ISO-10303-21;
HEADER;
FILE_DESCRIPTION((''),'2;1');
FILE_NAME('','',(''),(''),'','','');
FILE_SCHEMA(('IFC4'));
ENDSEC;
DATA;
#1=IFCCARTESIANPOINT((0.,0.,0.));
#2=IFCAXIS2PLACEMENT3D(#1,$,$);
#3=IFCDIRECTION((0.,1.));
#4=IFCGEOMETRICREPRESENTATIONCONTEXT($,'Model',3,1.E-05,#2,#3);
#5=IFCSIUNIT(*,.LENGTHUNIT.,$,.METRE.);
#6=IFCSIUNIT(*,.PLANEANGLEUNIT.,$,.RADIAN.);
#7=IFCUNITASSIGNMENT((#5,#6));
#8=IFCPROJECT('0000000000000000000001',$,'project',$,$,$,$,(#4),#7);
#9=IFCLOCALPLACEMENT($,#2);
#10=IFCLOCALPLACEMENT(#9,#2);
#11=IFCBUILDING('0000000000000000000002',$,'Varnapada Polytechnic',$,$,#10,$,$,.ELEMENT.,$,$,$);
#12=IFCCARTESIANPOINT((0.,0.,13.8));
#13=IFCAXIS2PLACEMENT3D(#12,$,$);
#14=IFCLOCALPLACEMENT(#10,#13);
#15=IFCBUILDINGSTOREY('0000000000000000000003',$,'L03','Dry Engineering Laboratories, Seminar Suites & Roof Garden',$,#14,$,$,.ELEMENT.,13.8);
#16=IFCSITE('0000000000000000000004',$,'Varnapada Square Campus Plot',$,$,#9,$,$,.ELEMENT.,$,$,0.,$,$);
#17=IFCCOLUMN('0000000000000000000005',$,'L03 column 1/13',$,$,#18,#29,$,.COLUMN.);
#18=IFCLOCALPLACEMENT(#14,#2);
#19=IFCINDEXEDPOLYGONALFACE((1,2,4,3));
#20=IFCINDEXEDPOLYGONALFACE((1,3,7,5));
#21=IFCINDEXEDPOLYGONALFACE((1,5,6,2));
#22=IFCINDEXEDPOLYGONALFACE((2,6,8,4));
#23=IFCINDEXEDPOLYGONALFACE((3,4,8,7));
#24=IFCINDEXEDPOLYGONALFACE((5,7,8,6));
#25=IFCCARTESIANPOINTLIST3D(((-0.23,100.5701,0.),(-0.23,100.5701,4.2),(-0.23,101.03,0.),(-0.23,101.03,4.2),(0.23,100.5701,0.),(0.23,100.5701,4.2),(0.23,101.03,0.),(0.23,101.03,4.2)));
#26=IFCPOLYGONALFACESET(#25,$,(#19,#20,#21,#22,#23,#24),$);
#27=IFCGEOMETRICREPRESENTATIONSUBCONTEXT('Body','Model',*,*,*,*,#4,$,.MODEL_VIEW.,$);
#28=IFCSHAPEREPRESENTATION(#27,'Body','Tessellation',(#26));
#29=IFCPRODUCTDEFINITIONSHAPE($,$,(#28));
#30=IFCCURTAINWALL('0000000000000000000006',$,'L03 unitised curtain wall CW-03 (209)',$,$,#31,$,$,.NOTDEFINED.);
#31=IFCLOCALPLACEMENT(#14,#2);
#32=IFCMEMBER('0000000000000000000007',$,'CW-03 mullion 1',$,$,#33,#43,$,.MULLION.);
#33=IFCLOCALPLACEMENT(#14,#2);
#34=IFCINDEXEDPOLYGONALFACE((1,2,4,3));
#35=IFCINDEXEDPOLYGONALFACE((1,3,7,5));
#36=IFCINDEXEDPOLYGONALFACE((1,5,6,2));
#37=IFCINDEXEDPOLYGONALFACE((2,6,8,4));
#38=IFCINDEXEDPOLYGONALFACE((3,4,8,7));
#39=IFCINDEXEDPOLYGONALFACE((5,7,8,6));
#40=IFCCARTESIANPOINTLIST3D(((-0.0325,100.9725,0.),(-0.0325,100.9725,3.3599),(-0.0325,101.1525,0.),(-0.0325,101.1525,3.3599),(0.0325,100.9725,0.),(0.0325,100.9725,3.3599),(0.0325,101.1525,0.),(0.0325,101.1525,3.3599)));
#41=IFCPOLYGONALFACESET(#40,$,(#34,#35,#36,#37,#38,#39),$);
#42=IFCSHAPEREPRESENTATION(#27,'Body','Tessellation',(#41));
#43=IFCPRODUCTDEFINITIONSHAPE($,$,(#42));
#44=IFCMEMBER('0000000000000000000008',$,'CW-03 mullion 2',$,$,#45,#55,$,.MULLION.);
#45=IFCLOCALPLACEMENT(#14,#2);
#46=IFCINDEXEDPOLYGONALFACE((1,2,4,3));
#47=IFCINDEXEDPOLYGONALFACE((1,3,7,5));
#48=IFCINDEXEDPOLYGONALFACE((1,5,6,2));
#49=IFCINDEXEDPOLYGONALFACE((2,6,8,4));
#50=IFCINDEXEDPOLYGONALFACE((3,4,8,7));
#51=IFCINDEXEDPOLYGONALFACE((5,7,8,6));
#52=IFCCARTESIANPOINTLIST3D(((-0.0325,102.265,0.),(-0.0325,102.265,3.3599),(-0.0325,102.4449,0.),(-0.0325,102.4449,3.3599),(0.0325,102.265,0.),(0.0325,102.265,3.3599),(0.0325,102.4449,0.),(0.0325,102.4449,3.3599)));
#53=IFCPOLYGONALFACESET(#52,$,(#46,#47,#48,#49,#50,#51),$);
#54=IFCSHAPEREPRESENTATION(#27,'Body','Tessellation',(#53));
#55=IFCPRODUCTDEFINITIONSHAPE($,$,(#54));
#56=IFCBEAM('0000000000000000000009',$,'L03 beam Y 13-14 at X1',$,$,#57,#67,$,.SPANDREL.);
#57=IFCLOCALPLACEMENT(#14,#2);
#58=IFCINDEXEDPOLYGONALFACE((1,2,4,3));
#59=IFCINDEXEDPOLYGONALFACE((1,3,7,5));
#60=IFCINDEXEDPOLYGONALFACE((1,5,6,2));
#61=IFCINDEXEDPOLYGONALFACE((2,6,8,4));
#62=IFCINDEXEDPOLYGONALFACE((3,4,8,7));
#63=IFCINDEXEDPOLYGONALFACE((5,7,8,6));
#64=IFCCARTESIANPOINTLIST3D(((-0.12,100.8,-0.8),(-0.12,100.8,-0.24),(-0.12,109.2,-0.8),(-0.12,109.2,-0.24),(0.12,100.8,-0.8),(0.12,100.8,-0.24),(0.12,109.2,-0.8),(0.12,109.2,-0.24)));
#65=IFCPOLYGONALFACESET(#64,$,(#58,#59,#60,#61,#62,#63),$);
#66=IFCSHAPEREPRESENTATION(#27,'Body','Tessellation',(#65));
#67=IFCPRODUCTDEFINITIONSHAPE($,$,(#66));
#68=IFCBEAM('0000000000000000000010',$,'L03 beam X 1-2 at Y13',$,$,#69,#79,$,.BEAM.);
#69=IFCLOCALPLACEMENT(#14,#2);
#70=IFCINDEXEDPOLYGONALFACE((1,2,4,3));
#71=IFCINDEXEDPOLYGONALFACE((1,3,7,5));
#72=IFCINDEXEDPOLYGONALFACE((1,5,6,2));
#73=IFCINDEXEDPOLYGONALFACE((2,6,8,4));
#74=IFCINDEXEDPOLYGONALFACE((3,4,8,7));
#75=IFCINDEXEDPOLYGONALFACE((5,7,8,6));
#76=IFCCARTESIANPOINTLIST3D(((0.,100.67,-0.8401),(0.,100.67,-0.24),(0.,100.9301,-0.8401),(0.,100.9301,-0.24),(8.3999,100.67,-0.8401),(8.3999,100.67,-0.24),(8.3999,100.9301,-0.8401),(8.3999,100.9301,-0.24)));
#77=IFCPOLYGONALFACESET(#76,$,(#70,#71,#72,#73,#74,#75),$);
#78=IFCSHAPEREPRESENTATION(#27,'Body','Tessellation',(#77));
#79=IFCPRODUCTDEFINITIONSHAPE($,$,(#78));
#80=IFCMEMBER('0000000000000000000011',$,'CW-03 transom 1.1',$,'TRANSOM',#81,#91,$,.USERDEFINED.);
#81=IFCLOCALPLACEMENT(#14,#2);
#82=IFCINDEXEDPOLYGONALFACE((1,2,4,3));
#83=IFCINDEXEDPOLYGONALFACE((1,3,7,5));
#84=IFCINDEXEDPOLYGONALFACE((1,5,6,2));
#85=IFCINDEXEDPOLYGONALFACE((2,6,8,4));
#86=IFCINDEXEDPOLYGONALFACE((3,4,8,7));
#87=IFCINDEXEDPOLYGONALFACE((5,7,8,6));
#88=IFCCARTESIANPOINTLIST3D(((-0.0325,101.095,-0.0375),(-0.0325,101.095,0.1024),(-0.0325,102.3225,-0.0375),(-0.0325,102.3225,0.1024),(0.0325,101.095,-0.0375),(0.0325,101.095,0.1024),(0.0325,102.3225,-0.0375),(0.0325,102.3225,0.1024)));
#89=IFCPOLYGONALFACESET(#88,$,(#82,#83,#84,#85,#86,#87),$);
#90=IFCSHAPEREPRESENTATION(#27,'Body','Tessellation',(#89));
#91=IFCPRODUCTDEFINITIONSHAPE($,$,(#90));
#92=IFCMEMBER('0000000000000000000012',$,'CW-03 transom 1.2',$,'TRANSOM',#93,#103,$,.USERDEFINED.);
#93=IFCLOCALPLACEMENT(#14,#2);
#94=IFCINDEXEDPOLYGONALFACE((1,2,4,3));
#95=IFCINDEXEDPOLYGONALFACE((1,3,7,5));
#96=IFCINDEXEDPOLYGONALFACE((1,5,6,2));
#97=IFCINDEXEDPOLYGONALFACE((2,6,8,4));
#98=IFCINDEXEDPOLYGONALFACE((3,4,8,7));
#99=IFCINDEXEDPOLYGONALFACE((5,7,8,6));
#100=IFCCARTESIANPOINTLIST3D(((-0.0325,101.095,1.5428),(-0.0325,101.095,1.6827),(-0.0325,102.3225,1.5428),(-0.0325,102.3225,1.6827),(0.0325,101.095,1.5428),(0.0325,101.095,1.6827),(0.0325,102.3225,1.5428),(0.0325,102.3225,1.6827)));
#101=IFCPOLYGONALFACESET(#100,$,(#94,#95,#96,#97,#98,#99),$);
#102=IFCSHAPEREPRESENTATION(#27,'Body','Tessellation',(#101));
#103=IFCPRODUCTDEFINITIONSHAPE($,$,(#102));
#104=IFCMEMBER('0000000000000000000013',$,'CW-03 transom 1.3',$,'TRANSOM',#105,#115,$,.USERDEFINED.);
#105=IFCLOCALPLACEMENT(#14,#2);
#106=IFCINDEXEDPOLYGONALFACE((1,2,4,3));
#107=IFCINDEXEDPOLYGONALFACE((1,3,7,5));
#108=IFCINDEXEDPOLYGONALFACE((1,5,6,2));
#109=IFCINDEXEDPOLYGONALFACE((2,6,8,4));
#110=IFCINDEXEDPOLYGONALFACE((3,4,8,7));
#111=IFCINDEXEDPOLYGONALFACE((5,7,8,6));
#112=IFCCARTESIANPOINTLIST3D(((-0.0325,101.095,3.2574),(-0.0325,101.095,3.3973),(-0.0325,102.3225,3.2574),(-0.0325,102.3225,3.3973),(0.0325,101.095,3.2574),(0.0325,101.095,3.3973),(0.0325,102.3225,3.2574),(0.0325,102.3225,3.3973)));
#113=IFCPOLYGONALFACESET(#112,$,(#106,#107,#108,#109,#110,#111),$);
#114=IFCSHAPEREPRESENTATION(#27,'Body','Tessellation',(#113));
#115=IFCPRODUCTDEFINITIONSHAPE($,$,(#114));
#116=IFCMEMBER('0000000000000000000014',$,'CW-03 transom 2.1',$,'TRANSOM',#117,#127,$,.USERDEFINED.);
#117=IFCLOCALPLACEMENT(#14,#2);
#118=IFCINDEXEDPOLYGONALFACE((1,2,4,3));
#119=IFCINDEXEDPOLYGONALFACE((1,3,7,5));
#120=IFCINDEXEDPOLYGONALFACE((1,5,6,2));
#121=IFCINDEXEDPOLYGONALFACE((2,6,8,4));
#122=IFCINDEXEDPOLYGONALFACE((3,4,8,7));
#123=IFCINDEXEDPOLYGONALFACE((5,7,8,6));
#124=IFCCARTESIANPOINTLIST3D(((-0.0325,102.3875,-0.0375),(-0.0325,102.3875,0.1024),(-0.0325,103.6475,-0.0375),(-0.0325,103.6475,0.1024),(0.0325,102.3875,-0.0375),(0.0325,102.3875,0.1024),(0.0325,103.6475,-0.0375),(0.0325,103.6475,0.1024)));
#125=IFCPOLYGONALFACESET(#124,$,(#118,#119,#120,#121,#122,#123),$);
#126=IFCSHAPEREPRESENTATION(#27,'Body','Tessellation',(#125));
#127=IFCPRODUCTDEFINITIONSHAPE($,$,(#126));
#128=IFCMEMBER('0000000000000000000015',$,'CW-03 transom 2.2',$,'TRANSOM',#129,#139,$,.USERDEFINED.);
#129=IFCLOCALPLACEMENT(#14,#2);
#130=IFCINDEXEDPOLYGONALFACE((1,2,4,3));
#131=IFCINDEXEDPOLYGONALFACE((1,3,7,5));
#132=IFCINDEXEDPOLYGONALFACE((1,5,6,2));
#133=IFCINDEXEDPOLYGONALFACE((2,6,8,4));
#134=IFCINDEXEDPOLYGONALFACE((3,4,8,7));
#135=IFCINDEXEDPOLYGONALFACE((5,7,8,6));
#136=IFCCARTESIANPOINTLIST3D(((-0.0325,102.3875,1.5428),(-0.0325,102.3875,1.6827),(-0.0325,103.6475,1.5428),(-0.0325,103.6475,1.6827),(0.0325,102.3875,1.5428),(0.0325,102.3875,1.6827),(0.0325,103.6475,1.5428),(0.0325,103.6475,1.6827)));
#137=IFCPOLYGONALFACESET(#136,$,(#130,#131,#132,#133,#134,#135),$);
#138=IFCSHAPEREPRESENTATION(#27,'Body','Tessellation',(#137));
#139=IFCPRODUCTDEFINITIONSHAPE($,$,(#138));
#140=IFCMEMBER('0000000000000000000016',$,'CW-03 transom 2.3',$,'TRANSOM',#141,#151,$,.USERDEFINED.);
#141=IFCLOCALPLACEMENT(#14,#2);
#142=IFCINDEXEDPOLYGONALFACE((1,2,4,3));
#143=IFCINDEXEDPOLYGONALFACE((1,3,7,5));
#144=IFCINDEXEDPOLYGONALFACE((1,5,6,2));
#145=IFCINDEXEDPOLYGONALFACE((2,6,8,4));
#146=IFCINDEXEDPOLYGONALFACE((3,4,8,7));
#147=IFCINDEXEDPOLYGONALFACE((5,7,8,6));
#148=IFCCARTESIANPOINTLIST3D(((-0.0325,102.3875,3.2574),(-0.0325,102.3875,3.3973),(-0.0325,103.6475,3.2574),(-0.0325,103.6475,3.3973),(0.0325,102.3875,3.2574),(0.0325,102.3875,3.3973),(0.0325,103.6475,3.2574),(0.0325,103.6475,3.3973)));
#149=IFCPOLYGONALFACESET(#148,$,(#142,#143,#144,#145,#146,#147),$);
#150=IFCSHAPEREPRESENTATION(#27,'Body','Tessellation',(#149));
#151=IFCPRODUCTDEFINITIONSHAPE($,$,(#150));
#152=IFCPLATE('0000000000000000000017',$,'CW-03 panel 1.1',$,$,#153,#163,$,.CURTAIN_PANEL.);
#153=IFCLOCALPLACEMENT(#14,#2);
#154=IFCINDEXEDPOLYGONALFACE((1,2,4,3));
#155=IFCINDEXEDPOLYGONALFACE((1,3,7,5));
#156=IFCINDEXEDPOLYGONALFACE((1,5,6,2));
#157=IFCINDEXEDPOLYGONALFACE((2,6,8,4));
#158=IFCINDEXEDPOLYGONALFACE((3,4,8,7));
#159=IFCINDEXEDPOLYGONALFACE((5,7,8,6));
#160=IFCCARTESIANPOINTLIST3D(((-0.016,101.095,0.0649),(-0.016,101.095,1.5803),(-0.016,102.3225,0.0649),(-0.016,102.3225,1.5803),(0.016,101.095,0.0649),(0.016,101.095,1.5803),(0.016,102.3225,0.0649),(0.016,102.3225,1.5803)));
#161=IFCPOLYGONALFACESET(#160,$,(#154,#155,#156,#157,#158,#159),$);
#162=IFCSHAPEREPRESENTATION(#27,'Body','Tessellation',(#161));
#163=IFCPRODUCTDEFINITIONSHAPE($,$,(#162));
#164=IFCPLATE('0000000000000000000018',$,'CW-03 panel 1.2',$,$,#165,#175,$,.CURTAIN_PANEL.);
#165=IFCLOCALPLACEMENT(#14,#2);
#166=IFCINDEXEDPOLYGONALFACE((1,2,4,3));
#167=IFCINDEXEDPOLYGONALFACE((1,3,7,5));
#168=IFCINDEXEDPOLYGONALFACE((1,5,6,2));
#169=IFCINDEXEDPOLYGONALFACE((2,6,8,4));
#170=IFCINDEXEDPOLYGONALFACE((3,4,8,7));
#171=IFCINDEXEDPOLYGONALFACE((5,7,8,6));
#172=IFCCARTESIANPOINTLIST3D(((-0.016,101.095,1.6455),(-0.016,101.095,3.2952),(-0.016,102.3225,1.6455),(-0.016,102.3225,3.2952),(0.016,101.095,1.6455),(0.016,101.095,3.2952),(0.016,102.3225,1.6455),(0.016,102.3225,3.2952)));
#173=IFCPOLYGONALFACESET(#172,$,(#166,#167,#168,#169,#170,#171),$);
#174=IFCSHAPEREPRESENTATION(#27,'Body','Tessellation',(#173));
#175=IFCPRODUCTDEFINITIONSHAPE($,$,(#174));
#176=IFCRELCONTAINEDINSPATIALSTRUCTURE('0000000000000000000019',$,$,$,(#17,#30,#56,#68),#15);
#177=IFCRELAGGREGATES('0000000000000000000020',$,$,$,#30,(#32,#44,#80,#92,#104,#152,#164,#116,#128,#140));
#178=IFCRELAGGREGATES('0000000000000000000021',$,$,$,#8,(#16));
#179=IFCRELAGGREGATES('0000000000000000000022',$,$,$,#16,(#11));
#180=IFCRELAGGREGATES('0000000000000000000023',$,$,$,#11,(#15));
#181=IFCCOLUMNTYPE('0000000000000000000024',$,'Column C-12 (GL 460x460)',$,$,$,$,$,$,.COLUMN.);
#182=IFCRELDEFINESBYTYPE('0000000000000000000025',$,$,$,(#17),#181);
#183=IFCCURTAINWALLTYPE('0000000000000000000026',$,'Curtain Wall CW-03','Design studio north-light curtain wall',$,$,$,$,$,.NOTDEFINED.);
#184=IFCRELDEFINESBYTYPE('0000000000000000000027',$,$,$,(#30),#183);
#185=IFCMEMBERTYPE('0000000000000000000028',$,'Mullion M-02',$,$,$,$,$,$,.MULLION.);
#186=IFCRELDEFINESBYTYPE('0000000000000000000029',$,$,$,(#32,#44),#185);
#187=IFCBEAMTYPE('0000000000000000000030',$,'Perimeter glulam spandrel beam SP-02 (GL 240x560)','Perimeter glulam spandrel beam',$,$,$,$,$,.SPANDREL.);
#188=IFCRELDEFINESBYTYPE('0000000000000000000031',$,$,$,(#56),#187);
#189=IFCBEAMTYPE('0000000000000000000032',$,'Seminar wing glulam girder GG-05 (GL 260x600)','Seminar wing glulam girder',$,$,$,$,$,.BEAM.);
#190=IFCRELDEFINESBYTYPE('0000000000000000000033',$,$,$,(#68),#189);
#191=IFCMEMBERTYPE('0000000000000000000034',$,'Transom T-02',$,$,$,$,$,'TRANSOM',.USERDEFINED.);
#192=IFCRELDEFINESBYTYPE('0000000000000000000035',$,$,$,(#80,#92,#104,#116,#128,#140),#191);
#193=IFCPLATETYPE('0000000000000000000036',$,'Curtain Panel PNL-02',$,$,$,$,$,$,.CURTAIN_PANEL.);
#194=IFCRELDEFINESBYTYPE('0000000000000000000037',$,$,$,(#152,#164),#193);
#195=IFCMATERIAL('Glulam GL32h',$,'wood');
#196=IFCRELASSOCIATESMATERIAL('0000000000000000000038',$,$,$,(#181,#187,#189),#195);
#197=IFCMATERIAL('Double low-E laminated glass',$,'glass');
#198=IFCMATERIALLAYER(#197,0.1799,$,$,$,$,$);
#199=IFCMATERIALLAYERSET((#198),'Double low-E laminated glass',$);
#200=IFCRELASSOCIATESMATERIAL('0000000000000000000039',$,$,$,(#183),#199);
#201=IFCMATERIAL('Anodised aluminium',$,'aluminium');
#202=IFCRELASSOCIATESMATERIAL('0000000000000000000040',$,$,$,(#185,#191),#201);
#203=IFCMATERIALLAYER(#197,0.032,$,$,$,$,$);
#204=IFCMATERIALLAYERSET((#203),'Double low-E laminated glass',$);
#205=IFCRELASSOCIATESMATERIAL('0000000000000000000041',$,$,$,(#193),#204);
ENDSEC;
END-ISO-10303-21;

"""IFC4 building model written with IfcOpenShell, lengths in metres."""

from ifc_helpers import new_model, si_unit, direction, frame, origin, origin_2d, place, context, subcontext, project, spatial, rectangle, extrude, material, layer, layer_set, material_profile, profile_set, type_object, element, aggregate, save


model = new_model("IFC4")

# Units and contexts
model_context = context("Model", 3, precision=1e-05, world=origin(), true_north=direction((0.0, 1.0)))
body_context = subcontext(model_context, "Body", "Model", "MODEL_VIEW")
ifc_project = project(units=[si_unit("LENGTHUNIT", "METRE"), si_unit("PLANEANGLEUNIT", "RADIAN")], contexts=[model_context])

# Site, building, storey
site_placement = place(None, origin())
site = spatial("IfcSite", under=ifc_project, at=site_placement, Name="Varnapada Square Campus Plot", CompositionType="ELEMENT", RefElevation=0.0)
building_placement = place(site_placement, origin())
building = spatial("IfcBuilding", under=site, at=building_placement, Name="Varnapada Polytechnic", CompositionType="ELEMENT")
storey_placement = place(building_placement, frame((0.0, 0.0, 13.8)))
storey = spatial("IfcBuildingStorey", under=building, at=storey_placement, Name="L03", Description="Dry Engineering Laboratories, Seminar Suites & Roof Garden", CompositionType="ELEMENT", Elevation=13.8)

# Column
ifc_material_1 = material(Name="Glulam GL32h", Category="wood")
ifc_material_profile_1 = material_profile(ifc_material_1, rectangle(XDim=0.46, YDim=0.46, at=origin_2d()), Name="GL 460x460")
ifc_profile_set_1 = profile_set([ifc_material_profile_1], Name="Glulam GL32h")
column_type = type_object("IfcColumnType", Name="Column C-12 (GL 460x460)", PredefinedType="COLUMN", material=ifc_profile_set_1)
column_placement = place(storey_placement, frame((0.0, 100.8, 0.0), z_axis=(0.0, 0.0, 1.0), x_axis=(1.0, 0.0, 0.0)))
element("IfcColumn", 1, at=column_placement, inside=storey, type_object=column_type, Name="L03 column 1/13", PredefinedType="COLUMN", context=body_context, shape_type="SweptSolid", body=[
    extrude(rectangle(XDim=0.46, YDim=0.46, at=origin_2d()), origin(), (0.0, 0.0, 1.0), 4.2),
])

# Curtain wall, members
ifc_material_2 = material(Name="Double low-E laminated glass", Category="glass")
ifc_layer_1 = layer(ifc_material_2, 0.1799)
ifc_layer_set_1 = layer_set([ifc_layer_1], Name="Double low-E laminated glass")
curtain_wall_type = type_object("IfcCurtainWallType", Name="Curtain Wall CW-03", Description="Design studio north-light curtain wall", PredefinedType="NOTDEFINED", material=ifc_layer_set_1)
curtain_wall_placement = place(storey_placement, origin())
curtain_wall = element("IfcCurtainWall", 2, at=curtain_wall_placement, inside=storey, type_object=curtain_wall_type, Name="L03 unitised curtain wall CW-03 (209)", PredefinedType="NOTDEFINED")
ifc_material_3 = material(Name="Anodised aluminium", Category="aluminium")
ifc_material_profile_2 = material_profile(ifc_material_3, rectangle(XDim=0.0649, YDim=0.1799, at=origin_2d()), Name="ALU M65x180")
ifc_profile_set_2 = profile_set([ifc_material_profile_2], Name="Anodised aluminium")
member_type_1 = type_object("IfcMemberType", Name="Mullion M-02", PredefinedType="MULLION", material=ifc_profile_set_2)
member_1_placement = place(storey_placement, frame((0.0, 101.0625, 0.0), z_axis=(0.0, 0.0, 1.0), x_axis=(-1.0, 0.0, 0.0)))
member_1 = element("IfcMember", 3, at=member_1_placement, type_object=member_type_1, Name="CW-03 mullion 1", PredefinedType="MULLION", context=body_context, shape_type="SweptSolid", body=[
    extrude(rectangle(XDim=0.0649, YDim=0.1799, at=origin_2d()), origin(), (0.0, 0.0, 1.0), 3.3599),
])
member_2_placement = place(storey_placement, frame((0.0, 102.355, 0.0), z_axis=(0.0, 0.0, 1.0), x_axis=(-1.0, 0.0, 0.0)))
member_2 = element("IfcMember", 4, at=member_2_placement, type_object=member_type_1, Name="CW-03 mullion 2", PredefinedType="MULLION", context=body_context, shape_type="SweptSolid", body=[
    extrude(rectangle(XDim=0.0649, YDim=0.1799, at=origin_2d()), origin(), (0.0, 0.0, 1.0), 3.3599),
])

# Beams
ifc_material_profile_3 = material_profile(ifc_material_1, rectangle(XDim=0.24, YDim=0.5601, at=origin_2d()), Name="GL 240x560")
ifc_profile_set_3 = profile_set([ifc_material_profile_3], Name="Glulam GL32h")
beam_type_1 = type_object("IfcBeamType", Name="Perimeter glulam spandrel beam SP-02 (GL 240x560)", Description="Perimeter glulam spandrel beam", PredefinedType="SPANDREL", material=ifc_profile_set_3)
beam_1_placement = place(storey_placement, frame((0.0, 100.8, -0.52), z_axis=(0.0, 1.0, 0.0), x_axis=(-1.0, 0.0, 0.0)))
element("IfcBeam", 5, at=beam_1_placement, inside=storey, type_object=beam_type_1, Name="L03 beam Y 13-14 at X1", PredefinedType="SPANDREL", context=body_context, shape_type="SweptSolid", body=[
    extrude(rectangle(XDim=0.24, YDim=0.5601, at=origin_2d()), origin(), (0.0, 0.0, 1.0), 8.3999),
])
ifc_material_profile_4 = material_profile(ifc_material_1, rectangle(XDim=0.26, YDim=0.6001, at=origin_2d()), Name="GL 260x600")
ifc_profile_set_4 = profile_set([ifc_material_profile_4], Name="Glulam GL32h")
beam_type_2 = type_object("IfcBeamType", Name="Seminar wing glulam girder GG-05 (GL 260x600)", Description="Seminar wing glulam girder", PredefinedType="BEAM", material=ifc_profile_set_4)
beam_2_placement = place(storey_placement, frame((0.0, 100.8, -0.54), z_axis=(1.0, 0.0, 0.0), x_axis=(0.0, 1.0, 0.0)))
element("IfcBeam", 6, at=beam_2_placement, inside=storey, type_object=beam_type_2, Name="L03 beam X 1-2 at Y13", PredefinedType="BEAM", context=body_context, shape_type="SweptSolid", body=[
    extrude(rectangle(XDim=0.26, YDim=0.6001, at=origin_2d()), origin(), (0.0, 0.0, 1.0), 8.3999),
])

# Members
ifc_material_profile_5 = material_profile(ifc_material_3, rectangle(XDim=0.0649, YDim=0.1399, at=origin_2d()), Name="ALU T65x140")
ifc_profile_set_5 = profile_set([ifc_material_profile_5], Name="Anodised aluminium")
member_type_2 = type_object("IfcMemberType", Name="Transom T-02", ElementType="TRANSOM", PredefinedType="USERDEFINED", material=ifc_profile_set_5)
member_3_placement = place(storey_placement, frame((0.0, 101.095, 0.0325), z_axis=(0.0, 1.0, 0.0), x_axis=(-1.0, 0.0, 0.0)))
member_3 = element("IfcMember", 7, at=member_3_placement, type_object=member_type_2, Name="CW-03 transom 1.1", ObjectType="TRANSOM", PredefinedType="USERDEFINED", context=body_context, shape_type="SweptSolid", body=[
    extrude(rectangle(XDim=0.0649, YDim=0.1399, at=origin_2d()), origin(), (0.0, 0.0, 1.0), 1.2275),
])
member_4_placement = place(storey_placement, frame((0.0, 101.095, 1.6128), z_axis=(0.0, 1.0, 0.0), x_axis=(-1.0, 0.0, 0.0)))
member_4 = element("IfcMember", 8, at=member_4_placement, type_object=member_type_2, Name="CW-03 transom 1.2", ObjectType="TRANSOM", PredefinedType="USERDEFINED", context=body_context, shape_type="SweptSolid", body=[
    extrude(rectangle(XDim=0.0649, YDim=0.1399, at=origin_2d()), origin(), (0.0, 0.0, 1.0), 1.2275),
])
member_5_placement = place(storey_placement, frame((0.0, 101.095, 3.3274), z_axis=(0.0, 1.0, 0.0), x_axis=(-1.0, 0.0, 0.0)))
member_5 = element("IfcMember", 9, at=member_5_placement, type_object=member_type_2, Name="CW-03 transom 1.3", ObjectType="TRANSOM", PredefinedType="USERDEFINED", context=body_context, shape_type="SweptSolid", body=[
    extrude(rectangle(XDim=0.0649, YDim=0.1399, at=origin_2d()), origin(), (0.0, 0.0, 1.0), 1.2275),
])
member_6_placement = place(storey_placement, frame((0.0, 102.3875, 0.0325), z_axis=(0.0, 1.0, 0.0), x_axis=(-1.0, 0.0, 0.0)))
member_6 = element("IfcMember", 10, at=member_6_placement, type_object=member_type_2, Name="CW-03 transom 2.1", ObjectType="TRANSOM", PredefinedType="USERDEFINED", context=body_context, shape_type="SweptSolid", body=[
    extrude(rectangle(XDim=0.0649, YDim=0.1399, at=origin_2d()), origin(), (0.0, 0.0, 1.0), 1.26),
])
member_7_placement = place(storey_placement, frame((0.0, 102.3875, 1.6128), z_axis=(0.0, 1.0, 0.0), x_axis=(-1.0, 0.0, 0.0)))
member_7 = element("IfcMember", 11, at=member_7_placement, type_object=member_type_2, Name="CW-03 transom 2.2", ObjectType="TRANSOM", PredefinedType="USERDEFINED", context=body_context, shape_type="SweptSolid", body=[
    extrude(rectangle(XDim=0.0649, YDim=0.1399, at=origin_2d()), origin(), (0.0, 0.0, 1.0), 1.26),
])
member_8_placement = place(storey_placement, frame((0.0, 102.3875, 3.3274), z_axis=(0.0, 1.0, 0.0), x_axis=(-1.0, 0.0, 0.0)))
member_8 = element("IfcMember", 12, at=member_8_placement, type_object=member_type_2, Name="CW-03 transom 2.3", ObjectType="TRANSOM", PredefinedType="USERDEFINED", context=body_context, shape_type="SweptSolid", body=[
    extrude(rectangle(XDim=0.0649, YDim=0.1399, at=origin_2d()), origin(), (0.0, 0.0, 1.0), 1.26),
])

# Plates
ifc_layer_2 = layer(ifc_material_2, 0.032)
ifc_layer_set_2 = layer_set([ifc_layer_2], Name="Double low-E laminated glass")
plate_type = type_object("IfcPlateType", Name="Curtain Panel PNL-02", PredefinedType="CURTAIN_PANEL", material=ifc_layer_set_2)
plate_1_placement = place(storey_placement, frame((0.0, 101.7087, 0.0649), z_axis=(0.0, 0.0, 1.0), x_axis=(0.0, 1.0, 0.0)))
plate_1 = element("IfcPlate", 13, at=plate_1_placement, type_object=plate_type, Name="CW-03 panel 1.1", PredefinedType="CURTAIN_PANEL", context=body_context, shape_type="SweptSolid", body=[
    extrude(rectangle(XDim=1.2275, YDim=0.032, at=origin_2d()), origin(), (0.0, 0.0, 1.0), 1.5154),
])
plate_2_placement = place(storey_placement, frame((0.0, 101.7087, 1.6455), z_axis=(0.0, 0.0, 1.0), x_axis=(0.0, 1.0, 0.0)))
plate_2 = element("IfcPlate", 14, at=plate_2_placement, type_object=plate_type, Name="CW-03 panel 1.2", PredefinedType="CURTAIN_PANEL", context=body_context, shape_type="SweptSolid", body=[
    extrude(rectangle(XDim=1.2275, YDim=0.032, at=origin_2d()), origin(), (0.0, 0.0, 1.0), 1.6497),
])
aggregate(curtain_wall, [member_1, member_2, member_3, member_4, member_5, plate_1, plate_2, member_6, member_7, member_8])

save(model, "model.ifc")
